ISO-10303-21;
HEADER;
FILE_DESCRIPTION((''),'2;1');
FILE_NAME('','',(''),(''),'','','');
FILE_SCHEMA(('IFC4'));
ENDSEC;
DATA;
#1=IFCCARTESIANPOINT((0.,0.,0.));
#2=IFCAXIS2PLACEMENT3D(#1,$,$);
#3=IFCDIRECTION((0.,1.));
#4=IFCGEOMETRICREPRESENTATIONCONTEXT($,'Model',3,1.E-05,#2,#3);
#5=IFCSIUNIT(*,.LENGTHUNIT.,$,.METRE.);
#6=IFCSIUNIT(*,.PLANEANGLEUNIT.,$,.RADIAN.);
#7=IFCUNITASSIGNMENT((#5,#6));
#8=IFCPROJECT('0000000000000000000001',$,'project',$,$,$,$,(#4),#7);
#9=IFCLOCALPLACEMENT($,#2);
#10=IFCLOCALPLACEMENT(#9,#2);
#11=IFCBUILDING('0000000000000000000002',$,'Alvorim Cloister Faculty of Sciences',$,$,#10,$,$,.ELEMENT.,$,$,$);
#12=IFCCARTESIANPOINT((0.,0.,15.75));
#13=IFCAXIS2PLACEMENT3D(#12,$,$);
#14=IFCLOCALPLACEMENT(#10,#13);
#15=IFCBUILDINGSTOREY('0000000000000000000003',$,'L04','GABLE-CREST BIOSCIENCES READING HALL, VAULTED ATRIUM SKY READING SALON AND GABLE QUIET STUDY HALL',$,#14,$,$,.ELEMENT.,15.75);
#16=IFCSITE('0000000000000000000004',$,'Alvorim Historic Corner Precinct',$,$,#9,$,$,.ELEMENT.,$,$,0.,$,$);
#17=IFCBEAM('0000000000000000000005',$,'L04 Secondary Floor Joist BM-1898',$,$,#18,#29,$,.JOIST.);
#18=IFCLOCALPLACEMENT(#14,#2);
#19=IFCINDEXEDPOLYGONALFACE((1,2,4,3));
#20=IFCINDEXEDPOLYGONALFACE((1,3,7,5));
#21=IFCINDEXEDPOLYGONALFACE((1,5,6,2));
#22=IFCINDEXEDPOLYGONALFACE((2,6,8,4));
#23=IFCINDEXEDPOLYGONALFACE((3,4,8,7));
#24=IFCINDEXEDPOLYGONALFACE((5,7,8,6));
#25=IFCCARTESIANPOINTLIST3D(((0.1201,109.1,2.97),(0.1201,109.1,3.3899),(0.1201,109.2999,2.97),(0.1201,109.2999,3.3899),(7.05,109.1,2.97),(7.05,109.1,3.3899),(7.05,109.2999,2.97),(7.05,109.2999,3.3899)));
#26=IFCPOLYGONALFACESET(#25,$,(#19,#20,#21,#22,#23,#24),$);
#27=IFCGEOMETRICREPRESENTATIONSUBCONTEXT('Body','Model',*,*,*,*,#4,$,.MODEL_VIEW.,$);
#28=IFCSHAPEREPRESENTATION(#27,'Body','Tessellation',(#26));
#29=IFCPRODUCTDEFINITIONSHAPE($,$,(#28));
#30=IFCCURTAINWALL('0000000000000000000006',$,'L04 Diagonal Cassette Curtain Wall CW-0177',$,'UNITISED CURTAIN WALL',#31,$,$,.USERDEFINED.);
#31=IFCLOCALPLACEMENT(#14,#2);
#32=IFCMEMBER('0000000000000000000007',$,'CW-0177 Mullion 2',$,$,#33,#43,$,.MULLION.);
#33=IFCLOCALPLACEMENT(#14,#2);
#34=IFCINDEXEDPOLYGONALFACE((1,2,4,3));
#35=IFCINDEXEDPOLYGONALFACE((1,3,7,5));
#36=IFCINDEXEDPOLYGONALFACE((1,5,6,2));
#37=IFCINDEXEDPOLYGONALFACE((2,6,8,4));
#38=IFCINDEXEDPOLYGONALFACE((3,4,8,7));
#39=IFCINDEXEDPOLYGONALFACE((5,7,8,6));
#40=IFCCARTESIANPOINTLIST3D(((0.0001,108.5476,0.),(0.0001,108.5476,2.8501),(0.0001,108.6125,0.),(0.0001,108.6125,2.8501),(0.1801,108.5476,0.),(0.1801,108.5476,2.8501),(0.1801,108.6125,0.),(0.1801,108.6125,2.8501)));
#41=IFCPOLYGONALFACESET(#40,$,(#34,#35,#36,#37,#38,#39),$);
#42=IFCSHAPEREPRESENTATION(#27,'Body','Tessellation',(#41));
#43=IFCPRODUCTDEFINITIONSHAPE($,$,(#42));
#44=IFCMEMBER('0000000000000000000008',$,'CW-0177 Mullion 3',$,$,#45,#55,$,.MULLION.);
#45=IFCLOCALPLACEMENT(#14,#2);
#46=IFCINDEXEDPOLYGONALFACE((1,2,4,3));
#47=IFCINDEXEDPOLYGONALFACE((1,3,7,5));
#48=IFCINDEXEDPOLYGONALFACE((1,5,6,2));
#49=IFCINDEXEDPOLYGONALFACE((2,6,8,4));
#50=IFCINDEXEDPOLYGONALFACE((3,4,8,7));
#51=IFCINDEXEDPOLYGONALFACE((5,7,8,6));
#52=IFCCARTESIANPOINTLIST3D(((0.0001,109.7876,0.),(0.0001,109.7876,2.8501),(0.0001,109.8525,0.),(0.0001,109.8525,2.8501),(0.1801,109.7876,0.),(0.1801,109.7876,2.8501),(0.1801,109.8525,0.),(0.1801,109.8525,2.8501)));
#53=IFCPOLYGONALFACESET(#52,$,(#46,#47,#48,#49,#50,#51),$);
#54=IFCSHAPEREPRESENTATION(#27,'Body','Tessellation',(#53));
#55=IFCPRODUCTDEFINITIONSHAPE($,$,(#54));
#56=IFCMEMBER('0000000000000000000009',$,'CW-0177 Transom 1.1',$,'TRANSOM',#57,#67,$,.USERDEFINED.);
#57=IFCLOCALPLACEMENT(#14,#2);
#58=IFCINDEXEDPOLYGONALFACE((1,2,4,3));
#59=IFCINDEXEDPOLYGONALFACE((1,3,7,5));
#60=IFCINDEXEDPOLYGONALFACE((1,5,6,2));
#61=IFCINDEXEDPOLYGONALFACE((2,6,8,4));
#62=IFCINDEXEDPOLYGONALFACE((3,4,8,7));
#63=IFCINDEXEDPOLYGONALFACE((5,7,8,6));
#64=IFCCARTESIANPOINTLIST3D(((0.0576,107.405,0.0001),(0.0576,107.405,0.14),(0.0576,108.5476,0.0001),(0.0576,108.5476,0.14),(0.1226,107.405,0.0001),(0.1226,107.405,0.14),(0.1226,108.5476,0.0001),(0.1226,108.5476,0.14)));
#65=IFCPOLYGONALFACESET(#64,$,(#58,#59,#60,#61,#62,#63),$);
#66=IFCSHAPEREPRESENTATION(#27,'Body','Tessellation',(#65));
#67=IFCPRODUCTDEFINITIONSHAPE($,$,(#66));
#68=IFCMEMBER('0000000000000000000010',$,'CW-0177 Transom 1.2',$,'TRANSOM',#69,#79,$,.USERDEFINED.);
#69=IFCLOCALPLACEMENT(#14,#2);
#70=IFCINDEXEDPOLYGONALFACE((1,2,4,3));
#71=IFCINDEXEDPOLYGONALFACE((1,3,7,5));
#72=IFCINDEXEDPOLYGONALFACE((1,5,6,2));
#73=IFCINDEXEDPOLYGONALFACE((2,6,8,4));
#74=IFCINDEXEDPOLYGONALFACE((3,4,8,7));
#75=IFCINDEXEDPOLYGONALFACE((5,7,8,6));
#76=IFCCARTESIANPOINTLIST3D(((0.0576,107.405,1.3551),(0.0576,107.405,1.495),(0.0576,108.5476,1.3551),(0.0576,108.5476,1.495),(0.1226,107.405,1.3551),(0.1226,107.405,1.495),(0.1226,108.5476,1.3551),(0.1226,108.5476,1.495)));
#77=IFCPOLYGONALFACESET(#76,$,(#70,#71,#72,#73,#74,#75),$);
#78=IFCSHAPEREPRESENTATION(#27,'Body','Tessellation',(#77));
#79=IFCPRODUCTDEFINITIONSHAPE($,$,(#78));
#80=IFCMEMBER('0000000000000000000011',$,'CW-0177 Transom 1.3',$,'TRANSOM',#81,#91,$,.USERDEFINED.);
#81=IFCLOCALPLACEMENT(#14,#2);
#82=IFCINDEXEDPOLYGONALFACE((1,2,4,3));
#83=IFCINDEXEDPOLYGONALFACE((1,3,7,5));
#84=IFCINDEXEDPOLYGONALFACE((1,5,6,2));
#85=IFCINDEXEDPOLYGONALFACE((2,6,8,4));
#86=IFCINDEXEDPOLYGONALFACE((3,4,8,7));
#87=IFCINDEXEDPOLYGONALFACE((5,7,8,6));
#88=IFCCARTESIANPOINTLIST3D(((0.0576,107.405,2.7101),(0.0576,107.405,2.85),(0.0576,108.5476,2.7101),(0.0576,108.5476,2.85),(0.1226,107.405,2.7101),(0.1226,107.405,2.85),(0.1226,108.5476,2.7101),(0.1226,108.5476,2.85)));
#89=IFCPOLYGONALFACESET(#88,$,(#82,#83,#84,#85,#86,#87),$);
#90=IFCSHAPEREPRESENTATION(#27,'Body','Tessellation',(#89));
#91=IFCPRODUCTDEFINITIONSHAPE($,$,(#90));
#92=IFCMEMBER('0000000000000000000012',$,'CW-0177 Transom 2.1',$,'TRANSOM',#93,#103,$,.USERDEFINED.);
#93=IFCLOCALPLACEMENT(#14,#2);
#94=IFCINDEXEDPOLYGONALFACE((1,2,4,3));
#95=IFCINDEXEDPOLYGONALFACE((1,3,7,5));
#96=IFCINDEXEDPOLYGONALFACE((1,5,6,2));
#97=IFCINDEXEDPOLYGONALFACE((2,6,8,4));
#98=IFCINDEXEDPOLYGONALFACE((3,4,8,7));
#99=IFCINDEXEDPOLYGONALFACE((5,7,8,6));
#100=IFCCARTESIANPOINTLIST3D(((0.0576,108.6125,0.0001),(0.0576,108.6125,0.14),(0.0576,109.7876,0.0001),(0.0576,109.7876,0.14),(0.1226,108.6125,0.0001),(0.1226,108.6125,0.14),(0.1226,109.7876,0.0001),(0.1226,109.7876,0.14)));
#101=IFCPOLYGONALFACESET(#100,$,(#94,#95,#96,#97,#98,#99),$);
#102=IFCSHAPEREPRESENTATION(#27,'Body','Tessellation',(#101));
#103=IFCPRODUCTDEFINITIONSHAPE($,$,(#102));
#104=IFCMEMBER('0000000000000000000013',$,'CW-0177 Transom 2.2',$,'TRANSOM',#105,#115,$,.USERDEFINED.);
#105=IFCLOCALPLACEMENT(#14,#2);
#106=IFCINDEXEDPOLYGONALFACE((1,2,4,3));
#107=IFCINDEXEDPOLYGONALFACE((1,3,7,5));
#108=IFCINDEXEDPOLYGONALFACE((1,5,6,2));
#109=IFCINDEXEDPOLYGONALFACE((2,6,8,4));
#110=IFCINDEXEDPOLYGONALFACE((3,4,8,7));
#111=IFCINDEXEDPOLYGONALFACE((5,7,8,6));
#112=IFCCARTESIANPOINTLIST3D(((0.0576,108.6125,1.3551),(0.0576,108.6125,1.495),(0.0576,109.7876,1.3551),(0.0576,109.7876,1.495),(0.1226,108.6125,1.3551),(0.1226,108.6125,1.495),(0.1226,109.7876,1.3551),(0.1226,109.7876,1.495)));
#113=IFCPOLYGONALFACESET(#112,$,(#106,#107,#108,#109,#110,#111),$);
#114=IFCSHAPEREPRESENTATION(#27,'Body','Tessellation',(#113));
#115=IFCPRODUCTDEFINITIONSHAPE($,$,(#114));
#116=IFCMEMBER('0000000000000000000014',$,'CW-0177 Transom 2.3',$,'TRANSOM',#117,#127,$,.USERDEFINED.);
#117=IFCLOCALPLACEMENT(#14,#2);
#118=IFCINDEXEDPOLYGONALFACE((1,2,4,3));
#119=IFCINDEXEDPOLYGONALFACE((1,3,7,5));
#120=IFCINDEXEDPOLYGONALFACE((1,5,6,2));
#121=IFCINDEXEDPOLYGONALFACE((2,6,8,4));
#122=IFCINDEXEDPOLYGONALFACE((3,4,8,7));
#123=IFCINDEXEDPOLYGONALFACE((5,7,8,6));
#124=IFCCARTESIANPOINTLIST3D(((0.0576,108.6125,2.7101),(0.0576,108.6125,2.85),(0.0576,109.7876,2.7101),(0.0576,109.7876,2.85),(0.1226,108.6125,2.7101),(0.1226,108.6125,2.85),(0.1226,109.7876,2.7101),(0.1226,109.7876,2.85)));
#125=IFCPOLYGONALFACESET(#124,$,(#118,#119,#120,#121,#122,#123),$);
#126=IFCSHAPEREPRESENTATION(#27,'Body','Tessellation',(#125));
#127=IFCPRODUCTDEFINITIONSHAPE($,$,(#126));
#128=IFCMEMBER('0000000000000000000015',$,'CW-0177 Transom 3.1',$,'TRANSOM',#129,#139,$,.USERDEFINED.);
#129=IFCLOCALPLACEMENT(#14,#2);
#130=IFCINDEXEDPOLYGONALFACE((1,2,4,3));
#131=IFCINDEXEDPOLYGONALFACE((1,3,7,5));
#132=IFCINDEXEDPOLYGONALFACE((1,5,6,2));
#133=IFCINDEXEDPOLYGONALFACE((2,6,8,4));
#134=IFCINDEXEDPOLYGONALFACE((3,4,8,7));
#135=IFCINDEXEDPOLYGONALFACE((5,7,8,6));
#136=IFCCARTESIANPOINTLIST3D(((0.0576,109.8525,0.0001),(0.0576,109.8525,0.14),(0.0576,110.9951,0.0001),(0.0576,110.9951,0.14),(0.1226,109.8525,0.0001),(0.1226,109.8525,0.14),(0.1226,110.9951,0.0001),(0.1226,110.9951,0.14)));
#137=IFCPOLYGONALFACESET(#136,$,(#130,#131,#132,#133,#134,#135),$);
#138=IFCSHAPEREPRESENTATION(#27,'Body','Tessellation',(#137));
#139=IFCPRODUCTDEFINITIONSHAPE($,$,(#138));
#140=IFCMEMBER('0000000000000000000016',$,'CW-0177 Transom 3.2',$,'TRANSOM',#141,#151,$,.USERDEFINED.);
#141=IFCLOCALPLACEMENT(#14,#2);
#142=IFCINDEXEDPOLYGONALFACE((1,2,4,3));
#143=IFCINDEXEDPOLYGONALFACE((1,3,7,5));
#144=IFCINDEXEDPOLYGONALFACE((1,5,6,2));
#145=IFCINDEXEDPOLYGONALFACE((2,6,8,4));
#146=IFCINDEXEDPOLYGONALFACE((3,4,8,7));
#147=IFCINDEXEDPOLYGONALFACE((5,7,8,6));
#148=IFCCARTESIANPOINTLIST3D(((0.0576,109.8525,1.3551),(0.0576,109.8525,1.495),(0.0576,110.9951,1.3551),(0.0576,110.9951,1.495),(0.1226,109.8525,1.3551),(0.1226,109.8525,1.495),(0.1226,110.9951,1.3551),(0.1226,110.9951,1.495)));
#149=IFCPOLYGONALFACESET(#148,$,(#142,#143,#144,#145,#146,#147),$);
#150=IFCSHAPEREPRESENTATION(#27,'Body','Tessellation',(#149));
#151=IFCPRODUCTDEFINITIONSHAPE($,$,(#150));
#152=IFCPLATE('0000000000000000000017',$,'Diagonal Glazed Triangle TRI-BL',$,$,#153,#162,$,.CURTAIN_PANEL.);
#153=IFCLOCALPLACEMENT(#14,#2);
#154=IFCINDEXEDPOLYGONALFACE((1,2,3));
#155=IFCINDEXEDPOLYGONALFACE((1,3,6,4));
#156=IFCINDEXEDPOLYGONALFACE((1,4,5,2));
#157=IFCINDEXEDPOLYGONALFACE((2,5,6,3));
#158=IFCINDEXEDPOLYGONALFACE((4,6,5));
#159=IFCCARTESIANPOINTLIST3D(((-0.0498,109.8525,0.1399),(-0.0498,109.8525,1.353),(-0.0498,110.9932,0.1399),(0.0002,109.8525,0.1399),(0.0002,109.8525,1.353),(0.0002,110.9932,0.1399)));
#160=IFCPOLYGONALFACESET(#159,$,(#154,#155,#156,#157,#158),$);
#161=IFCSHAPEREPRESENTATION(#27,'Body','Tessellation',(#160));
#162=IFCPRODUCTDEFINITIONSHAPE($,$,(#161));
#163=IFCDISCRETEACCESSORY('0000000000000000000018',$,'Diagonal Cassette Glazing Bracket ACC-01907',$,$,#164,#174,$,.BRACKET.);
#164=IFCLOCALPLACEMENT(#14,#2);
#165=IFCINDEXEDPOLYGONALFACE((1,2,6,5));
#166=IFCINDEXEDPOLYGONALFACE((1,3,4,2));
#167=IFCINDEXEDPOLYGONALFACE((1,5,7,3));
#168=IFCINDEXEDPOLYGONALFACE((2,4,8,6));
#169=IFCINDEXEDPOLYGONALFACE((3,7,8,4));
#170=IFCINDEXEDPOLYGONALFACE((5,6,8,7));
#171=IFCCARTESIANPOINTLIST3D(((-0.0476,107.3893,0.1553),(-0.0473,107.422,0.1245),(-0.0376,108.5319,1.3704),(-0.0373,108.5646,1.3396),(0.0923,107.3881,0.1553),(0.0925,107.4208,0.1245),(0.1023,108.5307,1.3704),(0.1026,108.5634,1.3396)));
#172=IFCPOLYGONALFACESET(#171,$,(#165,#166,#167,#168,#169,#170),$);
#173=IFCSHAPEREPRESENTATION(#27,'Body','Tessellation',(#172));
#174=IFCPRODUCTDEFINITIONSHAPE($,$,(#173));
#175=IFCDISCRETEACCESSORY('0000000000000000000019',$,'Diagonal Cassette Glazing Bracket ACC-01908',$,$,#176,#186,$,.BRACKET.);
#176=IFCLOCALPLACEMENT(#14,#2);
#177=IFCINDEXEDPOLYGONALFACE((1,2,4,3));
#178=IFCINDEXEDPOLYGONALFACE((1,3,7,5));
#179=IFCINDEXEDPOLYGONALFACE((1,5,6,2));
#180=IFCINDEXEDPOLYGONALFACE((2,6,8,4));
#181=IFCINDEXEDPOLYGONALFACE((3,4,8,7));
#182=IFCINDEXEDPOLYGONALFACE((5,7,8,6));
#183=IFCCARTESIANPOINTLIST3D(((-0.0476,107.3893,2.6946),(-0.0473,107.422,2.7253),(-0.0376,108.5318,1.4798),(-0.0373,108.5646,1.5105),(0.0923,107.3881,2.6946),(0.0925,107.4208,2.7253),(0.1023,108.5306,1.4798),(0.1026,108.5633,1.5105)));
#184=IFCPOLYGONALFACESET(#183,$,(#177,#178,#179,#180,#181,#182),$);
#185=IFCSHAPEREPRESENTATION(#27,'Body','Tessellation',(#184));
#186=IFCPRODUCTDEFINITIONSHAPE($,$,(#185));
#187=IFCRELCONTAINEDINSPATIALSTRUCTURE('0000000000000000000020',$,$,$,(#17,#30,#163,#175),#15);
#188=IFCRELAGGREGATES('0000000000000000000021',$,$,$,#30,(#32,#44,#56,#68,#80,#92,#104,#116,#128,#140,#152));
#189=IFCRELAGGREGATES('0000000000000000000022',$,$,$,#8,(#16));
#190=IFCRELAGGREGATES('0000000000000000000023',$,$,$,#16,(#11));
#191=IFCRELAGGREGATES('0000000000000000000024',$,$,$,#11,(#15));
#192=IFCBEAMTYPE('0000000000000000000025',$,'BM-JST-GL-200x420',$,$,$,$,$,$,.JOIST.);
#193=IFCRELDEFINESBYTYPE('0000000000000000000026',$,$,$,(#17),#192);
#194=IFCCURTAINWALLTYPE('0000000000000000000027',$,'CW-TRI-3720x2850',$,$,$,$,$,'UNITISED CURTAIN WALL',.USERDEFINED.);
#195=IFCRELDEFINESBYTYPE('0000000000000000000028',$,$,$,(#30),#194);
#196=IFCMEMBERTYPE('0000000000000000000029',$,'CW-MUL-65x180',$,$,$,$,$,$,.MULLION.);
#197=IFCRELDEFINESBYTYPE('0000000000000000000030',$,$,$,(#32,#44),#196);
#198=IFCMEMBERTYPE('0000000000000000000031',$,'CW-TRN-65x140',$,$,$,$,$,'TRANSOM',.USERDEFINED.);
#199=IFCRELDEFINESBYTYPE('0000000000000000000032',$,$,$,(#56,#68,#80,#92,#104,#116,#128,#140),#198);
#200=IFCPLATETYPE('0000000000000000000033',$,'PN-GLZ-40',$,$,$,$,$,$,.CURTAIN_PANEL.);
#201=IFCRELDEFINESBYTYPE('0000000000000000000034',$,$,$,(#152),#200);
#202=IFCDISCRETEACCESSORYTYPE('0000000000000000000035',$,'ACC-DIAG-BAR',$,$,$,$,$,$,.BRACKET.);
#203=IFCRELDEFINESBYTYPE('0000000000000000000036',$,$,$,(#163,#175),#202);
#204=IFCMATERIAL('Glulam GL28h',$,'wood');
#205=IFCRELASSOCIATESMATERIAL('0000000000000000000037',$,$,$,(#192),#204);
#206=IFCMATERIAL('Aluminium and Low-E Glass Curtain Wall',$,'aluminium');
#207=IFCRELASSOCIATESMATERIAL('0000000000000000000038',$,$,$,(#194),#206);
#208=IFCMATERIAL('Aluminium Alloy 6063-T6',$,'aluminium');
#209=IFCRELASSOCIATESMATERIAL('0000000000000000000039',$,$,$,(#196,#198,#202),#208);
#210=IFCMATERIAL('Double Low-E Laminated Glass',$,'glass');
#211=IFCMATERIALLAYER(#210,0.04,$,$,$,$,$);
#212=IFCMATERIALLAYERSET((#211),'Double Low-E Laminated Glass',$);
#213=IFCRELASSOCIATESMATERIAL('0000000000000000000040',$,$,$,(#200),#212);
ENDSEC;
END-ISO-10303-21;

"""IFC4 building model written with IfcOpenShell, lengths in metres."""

from ifc_helpers import new_model, si_unit, direction, frame, origin, origin_2d, place, context, subcontext, project, spatial, polyline, rectangle, outline, extrude, material, layer, layer_set, material_profile, profile_set, type_object, element, aggregate, save


model = new_model("IFC4")

# Units and contexts
model_context = context("Model", 3, precision=1e-05, world=origin(), true_north=direction((0.0, 1.0)))
body_context = subcontext(model_context, "Body", "Model", "MODEL_VIEW")
ifc_project = project(units=[si_unit("LENGTHUNIT", "METRE"), si_unit("PLANEANGLEUNIT", "RADIAN")], contexts=[model_context])

# Site, building, storey
site_placement = place(None, origin())
site = spatial("IfcSite", under=ifc_project, at=site_placement, Name="Alvorim Historic Corner Precinct", CompositionType="ELEMENT", RefElevation=0.0)
building_placement = place(site_placement, origin())
building = spatial("IfcBuilding", under=site, at=building_placement, Name="Alvorim Cloister Faculty of Sciences", CompositionType="ELEMENT")
storey_placement = place(building_placement, frame((0.0, 0.0, 15.75)))
storey = spatial("IfcBuildingStorey", under=building, at=storey_placement, Name="L04", Description="GABLE-CREST BIOSCIENCES READING HALL, VAULTED ATRIUM SKY READING SALON AND GABLE QUIET STUDY HALL", CompositionType="ELEMENT", Elevation=15.75)

# Beam
ifc_material_1 = material(Name="Glulam GL28h", Category="wood")
ifc_material_profile_1 = material_profile(ifc_material_1, rectangle(XDim=0.2, YDim=0.4199, at=origin_2d()), Name="GL28-JST-200x420")
ifc_profile_set_1 = profile_set([ifc_material_profile_1], Name="Glulam GL28h")
beam_type = type_object("IfcBeamType", Name="BM-JST-GL-200x420", PredefinedType="JOIST", material=ifc_profile_set_1)
beam_placement = place(storey_placement, frame((0.1201, 109.2, 3.1799), z_axis=(1.0, 0.0, 0.0), x_axis=(0.0, 1.0, 0.0)))
element("IfcBeam", 1, at=beam_placement, inside=storey, type_object=beam_type, Name="L04 Secondary Floor Joist BM-1898", PredefinedType="JOIST", context=body_context, shape_type="SweptSolid", body=[
    extrude(rectangle(XDim=0.2, YDim=0.4199, at=origin_2d()), origin(), (0.0, 0.0, 1.0), 6.9299),
])

# Curtain wall, members, plate
ifc_material_2 = material(Name="Aluminium and Low-E Glass Curtain Wall", Category="aluminium")
curtain_wall_type = type_object("IfcCurtainWallType", Name="CW-TRI-3720x2850", ElementType="UNITISED CURTAIN WALL", PredefinedType="USERDEFINED", material=ifc_material_2)
curtain_wall_placement = place(storey_placement, origin())
curtain_wall = element("IfcCurtainWall", 2, at=curtain_wall_placement, inside=storey, type_object=curtain_wall_type, Name="L04 Diagonal Cassette Curtain Wall CW-0177", ObjectType="UNITISED CURTAIN WALL", PredefinedType="USERDEFINED")
ifc_material_3 = material(Name="Aluminium Alloy 6063-T6", Category="aluminium")
ifc_material_profile_2 = material_profile(ifc_material_3, rectangle(XDim=0.0649, YDim=0.1799, at=origin_2d()), Name="ALU-MUL-65x180")
ifc_profile_set_2 = profile_set([ifc_material_profile_2], Name="Aluminium Alloy 6063-T6")
member_type_1 = type_object("IfcMemberType", Name="CW-MUL-65x180", PredefinedType="MULLION", material=ifc_profile_set_2)
member_1_placement = place(storey_placement, frame((0.0901, 108.5801, 0.0), z_axis=(0.0, 0.0, 1.0), x_axis=(0.0, 1.0, 0.0)))
member_1 = element("IfcMember", 3, at=member_1_placement, type_object=member_type_1, Name="CW-0177 Mullion 2", PredefinedType="MULLION", context=body_context, shape_type="SweptSolid", body=[
    extrude(rectangle(XDim=0.0649, YDim=0.1799, at=origin_2d()), origin(), (0.0, 0.0, 1.0), 2.8501),
])
member_2_placement = place(storey_placement, frame((0.0901, 109.8201, 0.0), z_axis=(0.0, 0.0, 1.0), x_axis=(0.0, 1.0, 0.0)))
member_2 = element("IfcMember", 4, at=member_2_placement, type_object=member_type_1, Name="CW-0177 Mullion 3", PredefinedType="MULLION", context=body_context, shape_type="SweptSolid", body=[
    extrude(rectangle(XDim=0.0649, YDim=0.1799, at=origin_2d()), origin(), (0.0, 0.0, 1.0), 2.8501),
])
ifc_material_profile_3 = material_profile(ifc_material_3, rectangle(XDim=0.0649, YDim=0.1399, at=origin_2d()), Name="ALU-TRN-65x140")
ifc_profile_set_3 = profile_set([ifc_material_profile_3], Name="Aluminium Alloy 6063-T6")
member_type_2 = type_object("IfcMemberType", Name="CW-TRN-65x140", ElementType="TRANSOM", PredefinedType="USERDEFINED", material=ifc_profile_set_3)
member_3_placement = place(storey_placement, frame((0.0901, 107.405, 0.0701), z_axis=(0.0, 1.0, 0.0), x_axis=(-1.0, 0.0, 0.0)))
member_3 = element("IfcMember", 5, at=member_3_placement, type_object=member_type_2, Name="CW-0177 Transom 1.1", ObjectType="TRANSOM", PredefinedType="USERDEFINED", context=body_context, shape_type="SweptSolid", body=[
    extrude(rectangle(XDim=0.0649, YDim=0.1399, at=origin_2d()), origin(), (0.0, 0.0, 1.0), 1.1426),
])
member_4_placement = place(storey_placement, frame((0.0901, 107.405, 1.425), z_axis=(0.0, 1.0, 0.0), x_axis=(-1.0, 0.0, 0.0)))
member_4 = element("IfcMember", 6, at=member_4_placement, type_object=member_type_2, Name="CW-0177 Transom 1.2", ObjectType="TRANSOM", PredefinedType="USERDEFINED", context=body_context, shape_type="SweptSolid", body=[
    extrude(rectangle(XDim=0.0649, YDim=0.1399, at=origin_2d()), origin(), (0.0, 0.0, 1.0), 1.1426),
])
member_5_placement = place(storey_placement, frame((0.0901, 107.405, 2.78), z_axis=(0.0, 1.0, 0.0), x_axis=(-1.0, 0.0, 0.0)))
member_5 = element("IfcMember", 7, at=member_5_placement, type_object=member_type_2, Name="CW-0177 Transom 1.3", ObjectType="TRANSOM", PredefinedType="USERDEFINED", context=body_context, shape_type="SweptSolid", body=[
    extrude(rectangle(XDim=0.0649, YDim=0.1399, at=origin_2d()), origin(), (0.0, 0.0, 1.0), 1.1426),
])
member_6_placement = place(storey_placement, frame((0.0901, 108.6125, 0.0701), z_axis=(0.0, 1.0, 0.0), x_axis=(-1.0, 0.0, 0.0)))
member_6 = element("IfcMember", 8, at=member_6_placement, type_object=member_type_2, Name="CW-0177 Transom 2.1", ObjectType="TRANSOM", PredefinedType="USERDEFINED", context=body_context, shape_type="SweptSolid", body=[
    extrude(rectangle(XDim=0.0649, YDim=0.1399, at=origin_2d()), origin(), (0.0, 0.0, 1.0), 1.175),
])
member_7_placement = place(storey_placement, frame((0.0901, 108.6125, 1.425), z_axis=(0.0, 1.0, 0.0), x_axis=(-1.0, 0.0, 0.0)))
member_7 = element("IfcMember", 9, at=member_7_placement, type_object=member_type_2, Name="CW-0177 Transom 2.2", ObjectType="TRANSOM", PredefinedType="USERDEFINED", context=body_context, shape_type="SweptSolid", body=[
    extrude(rectangle(XDim=0.0649, YDim=0.1399, at=origin_2d()), origin(), (0.0, 0.0, 1.0), 1.175),
])
member_8_placement = place(storey_placement, frame((0.0901, 108.6125, 2.78), z_axis=(0.0, 1.0, 0.0), x_axis=(-1.0, 0.0, 0.0)))
member_8 = element("IfcMember", 10, at=member_8_placement, type_object=member_type_2, Name="CW-0177 Transom 2.3", ObjectType="TRANSOM", PredefinedType="USERDEFINED", context=body_context, shape_type="SweptSolid", body=[
    extrude(rectangle(XDim=0.0649, YDim=0.1399, at=origin_2d()), origin(), (0.0, 0.0, 1.0), 1.175),
])
member_9_placement = place(storey_placement, frame((0.0901, 109.8525, 0.0701), z_axis=(0.0, 1.0, 0.0), x_axis=(-1.0, 0.0, 0.0)))
member_9 = element("IfcMember", 11, at=member_9_placement, type_object=member_type_2, Name="CW-0177 Transom 3.1", ObjectType="TRANSOM", PredefinedType="USERDEFINED", context=body_context, shape_type="SweptSolid", body=[
    extrude(rectangle(XDim=0.0649, YDim=0.1399, at=origin_2d()), origin(), (0.0, 0.0, 1.0), 1.1426),
])
member_10_placement = place(storey_placement, frame((0.0901, 109.8525, 1.425), z_axis=(0.0, 1.0, 0.0), x_axis=(-1.0, 0.0, 0.0)))
member_10 = element("IfcMember", 12, at=member_10_placement, type_object=member_type_2, Name="CW-0177 Transom 3.2", ObjectType="TRANSOM", PredefinedType="USERDEFINED", context=body_context, shape_type="SweptSolid", body=[
    extrude(rectangle(XDim=0.0649, YDim=0.1399, at=origin_2d()), origin(), (0.0, 0.0, 1.0), 1.1426),
])
ifc_material_4 = material(Name="Double Low-E Laminated Glass", Category="glass")
ifc_layer = layer(ifc_material_4, 0.04)
ifc_layer_set = layer_set([ifc_layer], Name="Double Low-E Laminated Glass")
plate_type = type_object("IfcPlateType", Name="PN-GLZ-40", PredefinedType="CURTAIN_PANEL", material=ifc_layer_set)
plate_1_placement = place(storey_placement, frame((-0.0249, 109.8525, 0.1399), z_axis=(0.0, 0.0, 1.0), x_axis=(0.0, 1.0, 0.0)))
plate_1 = element("IfcPlate", 13, at=plate_1_placement, type_object=plate_type, Name="Diagonal Glazed Triangle TRI-BL", PredefinedType="CURTAIN_PANEL", context=body_context, shape_type="SweptSolid", body=[
    extrude(outline(polyline([(0.0, 0.0), (1.1406, 0.0), (0.0, 1.2131), (0.0, 0.0)])), frame((0.0, 0.0249, 0.0), z_axis=(0.0, -1.0, 0.0), x_axis=(1.0, 0.0, 0.0)), (0.0, 0.0, 1.0), 0.05),
])
aggregate(curtain_wall, [member_1, member_2, member_3, member_4, member_5, member_6, member_7, member_8, member_9, member_10, plate_1])

# Discrete accessories
discrete_accessory_type = type_object("IfcDiscreteAccessoryType", Name="ACC-DIAG-BAR", PredefinedType="BRACKET", material=ifc_material_3)
discrete_accessory_1_placement = place(storey_placement, frame((0.0225, 107.405, 0.1399), z_axis=(0.006001, 0.685024, 0.728496), x_axis=(-0.999962, 0.00876, 0.0)))
element("IfcDiscreteAccessory", 14, at=discrete_accessory_1_placement, inside=storey, type_object=discrete_accessory_type, Name="Diagonal Cassette Glazing Bracket ACC-01907", PredefinedType="BRACKET", context=body_context, shape_type="SweptSolid", body=[
    extrude(rectangle(XDim=0.1399, YDim=0.0449, at=origin_2d()), origin(), (0.0, 0.0, 1.0), 1.668),
])
discrete_accessory_2_placement = place(storey_placement, frame((0.0225, 107.405, 2.71), z_axis=(0.006002, 0.685097, -0.728427), x_axis=(-0.999962, 0.00876, 0.0)))
element("IfcDiscreteAccessory", 15, at=discrete_accessory_2_placement, inside=storey, type_object=discrete_accessory_type, Name="Diagonal Cassette Glazing Bracket ACC-01908", PredefinedType="BRACKET", context=body_context, shape_type="SweptSolid", body=[
    extrude(rectangle(XDim=0.1399, YDim=0.0449, at=origin_2d()), origin(), (0.0, 0.0, 1.0), 1.6677),
])

save(model, "model.ifc")
